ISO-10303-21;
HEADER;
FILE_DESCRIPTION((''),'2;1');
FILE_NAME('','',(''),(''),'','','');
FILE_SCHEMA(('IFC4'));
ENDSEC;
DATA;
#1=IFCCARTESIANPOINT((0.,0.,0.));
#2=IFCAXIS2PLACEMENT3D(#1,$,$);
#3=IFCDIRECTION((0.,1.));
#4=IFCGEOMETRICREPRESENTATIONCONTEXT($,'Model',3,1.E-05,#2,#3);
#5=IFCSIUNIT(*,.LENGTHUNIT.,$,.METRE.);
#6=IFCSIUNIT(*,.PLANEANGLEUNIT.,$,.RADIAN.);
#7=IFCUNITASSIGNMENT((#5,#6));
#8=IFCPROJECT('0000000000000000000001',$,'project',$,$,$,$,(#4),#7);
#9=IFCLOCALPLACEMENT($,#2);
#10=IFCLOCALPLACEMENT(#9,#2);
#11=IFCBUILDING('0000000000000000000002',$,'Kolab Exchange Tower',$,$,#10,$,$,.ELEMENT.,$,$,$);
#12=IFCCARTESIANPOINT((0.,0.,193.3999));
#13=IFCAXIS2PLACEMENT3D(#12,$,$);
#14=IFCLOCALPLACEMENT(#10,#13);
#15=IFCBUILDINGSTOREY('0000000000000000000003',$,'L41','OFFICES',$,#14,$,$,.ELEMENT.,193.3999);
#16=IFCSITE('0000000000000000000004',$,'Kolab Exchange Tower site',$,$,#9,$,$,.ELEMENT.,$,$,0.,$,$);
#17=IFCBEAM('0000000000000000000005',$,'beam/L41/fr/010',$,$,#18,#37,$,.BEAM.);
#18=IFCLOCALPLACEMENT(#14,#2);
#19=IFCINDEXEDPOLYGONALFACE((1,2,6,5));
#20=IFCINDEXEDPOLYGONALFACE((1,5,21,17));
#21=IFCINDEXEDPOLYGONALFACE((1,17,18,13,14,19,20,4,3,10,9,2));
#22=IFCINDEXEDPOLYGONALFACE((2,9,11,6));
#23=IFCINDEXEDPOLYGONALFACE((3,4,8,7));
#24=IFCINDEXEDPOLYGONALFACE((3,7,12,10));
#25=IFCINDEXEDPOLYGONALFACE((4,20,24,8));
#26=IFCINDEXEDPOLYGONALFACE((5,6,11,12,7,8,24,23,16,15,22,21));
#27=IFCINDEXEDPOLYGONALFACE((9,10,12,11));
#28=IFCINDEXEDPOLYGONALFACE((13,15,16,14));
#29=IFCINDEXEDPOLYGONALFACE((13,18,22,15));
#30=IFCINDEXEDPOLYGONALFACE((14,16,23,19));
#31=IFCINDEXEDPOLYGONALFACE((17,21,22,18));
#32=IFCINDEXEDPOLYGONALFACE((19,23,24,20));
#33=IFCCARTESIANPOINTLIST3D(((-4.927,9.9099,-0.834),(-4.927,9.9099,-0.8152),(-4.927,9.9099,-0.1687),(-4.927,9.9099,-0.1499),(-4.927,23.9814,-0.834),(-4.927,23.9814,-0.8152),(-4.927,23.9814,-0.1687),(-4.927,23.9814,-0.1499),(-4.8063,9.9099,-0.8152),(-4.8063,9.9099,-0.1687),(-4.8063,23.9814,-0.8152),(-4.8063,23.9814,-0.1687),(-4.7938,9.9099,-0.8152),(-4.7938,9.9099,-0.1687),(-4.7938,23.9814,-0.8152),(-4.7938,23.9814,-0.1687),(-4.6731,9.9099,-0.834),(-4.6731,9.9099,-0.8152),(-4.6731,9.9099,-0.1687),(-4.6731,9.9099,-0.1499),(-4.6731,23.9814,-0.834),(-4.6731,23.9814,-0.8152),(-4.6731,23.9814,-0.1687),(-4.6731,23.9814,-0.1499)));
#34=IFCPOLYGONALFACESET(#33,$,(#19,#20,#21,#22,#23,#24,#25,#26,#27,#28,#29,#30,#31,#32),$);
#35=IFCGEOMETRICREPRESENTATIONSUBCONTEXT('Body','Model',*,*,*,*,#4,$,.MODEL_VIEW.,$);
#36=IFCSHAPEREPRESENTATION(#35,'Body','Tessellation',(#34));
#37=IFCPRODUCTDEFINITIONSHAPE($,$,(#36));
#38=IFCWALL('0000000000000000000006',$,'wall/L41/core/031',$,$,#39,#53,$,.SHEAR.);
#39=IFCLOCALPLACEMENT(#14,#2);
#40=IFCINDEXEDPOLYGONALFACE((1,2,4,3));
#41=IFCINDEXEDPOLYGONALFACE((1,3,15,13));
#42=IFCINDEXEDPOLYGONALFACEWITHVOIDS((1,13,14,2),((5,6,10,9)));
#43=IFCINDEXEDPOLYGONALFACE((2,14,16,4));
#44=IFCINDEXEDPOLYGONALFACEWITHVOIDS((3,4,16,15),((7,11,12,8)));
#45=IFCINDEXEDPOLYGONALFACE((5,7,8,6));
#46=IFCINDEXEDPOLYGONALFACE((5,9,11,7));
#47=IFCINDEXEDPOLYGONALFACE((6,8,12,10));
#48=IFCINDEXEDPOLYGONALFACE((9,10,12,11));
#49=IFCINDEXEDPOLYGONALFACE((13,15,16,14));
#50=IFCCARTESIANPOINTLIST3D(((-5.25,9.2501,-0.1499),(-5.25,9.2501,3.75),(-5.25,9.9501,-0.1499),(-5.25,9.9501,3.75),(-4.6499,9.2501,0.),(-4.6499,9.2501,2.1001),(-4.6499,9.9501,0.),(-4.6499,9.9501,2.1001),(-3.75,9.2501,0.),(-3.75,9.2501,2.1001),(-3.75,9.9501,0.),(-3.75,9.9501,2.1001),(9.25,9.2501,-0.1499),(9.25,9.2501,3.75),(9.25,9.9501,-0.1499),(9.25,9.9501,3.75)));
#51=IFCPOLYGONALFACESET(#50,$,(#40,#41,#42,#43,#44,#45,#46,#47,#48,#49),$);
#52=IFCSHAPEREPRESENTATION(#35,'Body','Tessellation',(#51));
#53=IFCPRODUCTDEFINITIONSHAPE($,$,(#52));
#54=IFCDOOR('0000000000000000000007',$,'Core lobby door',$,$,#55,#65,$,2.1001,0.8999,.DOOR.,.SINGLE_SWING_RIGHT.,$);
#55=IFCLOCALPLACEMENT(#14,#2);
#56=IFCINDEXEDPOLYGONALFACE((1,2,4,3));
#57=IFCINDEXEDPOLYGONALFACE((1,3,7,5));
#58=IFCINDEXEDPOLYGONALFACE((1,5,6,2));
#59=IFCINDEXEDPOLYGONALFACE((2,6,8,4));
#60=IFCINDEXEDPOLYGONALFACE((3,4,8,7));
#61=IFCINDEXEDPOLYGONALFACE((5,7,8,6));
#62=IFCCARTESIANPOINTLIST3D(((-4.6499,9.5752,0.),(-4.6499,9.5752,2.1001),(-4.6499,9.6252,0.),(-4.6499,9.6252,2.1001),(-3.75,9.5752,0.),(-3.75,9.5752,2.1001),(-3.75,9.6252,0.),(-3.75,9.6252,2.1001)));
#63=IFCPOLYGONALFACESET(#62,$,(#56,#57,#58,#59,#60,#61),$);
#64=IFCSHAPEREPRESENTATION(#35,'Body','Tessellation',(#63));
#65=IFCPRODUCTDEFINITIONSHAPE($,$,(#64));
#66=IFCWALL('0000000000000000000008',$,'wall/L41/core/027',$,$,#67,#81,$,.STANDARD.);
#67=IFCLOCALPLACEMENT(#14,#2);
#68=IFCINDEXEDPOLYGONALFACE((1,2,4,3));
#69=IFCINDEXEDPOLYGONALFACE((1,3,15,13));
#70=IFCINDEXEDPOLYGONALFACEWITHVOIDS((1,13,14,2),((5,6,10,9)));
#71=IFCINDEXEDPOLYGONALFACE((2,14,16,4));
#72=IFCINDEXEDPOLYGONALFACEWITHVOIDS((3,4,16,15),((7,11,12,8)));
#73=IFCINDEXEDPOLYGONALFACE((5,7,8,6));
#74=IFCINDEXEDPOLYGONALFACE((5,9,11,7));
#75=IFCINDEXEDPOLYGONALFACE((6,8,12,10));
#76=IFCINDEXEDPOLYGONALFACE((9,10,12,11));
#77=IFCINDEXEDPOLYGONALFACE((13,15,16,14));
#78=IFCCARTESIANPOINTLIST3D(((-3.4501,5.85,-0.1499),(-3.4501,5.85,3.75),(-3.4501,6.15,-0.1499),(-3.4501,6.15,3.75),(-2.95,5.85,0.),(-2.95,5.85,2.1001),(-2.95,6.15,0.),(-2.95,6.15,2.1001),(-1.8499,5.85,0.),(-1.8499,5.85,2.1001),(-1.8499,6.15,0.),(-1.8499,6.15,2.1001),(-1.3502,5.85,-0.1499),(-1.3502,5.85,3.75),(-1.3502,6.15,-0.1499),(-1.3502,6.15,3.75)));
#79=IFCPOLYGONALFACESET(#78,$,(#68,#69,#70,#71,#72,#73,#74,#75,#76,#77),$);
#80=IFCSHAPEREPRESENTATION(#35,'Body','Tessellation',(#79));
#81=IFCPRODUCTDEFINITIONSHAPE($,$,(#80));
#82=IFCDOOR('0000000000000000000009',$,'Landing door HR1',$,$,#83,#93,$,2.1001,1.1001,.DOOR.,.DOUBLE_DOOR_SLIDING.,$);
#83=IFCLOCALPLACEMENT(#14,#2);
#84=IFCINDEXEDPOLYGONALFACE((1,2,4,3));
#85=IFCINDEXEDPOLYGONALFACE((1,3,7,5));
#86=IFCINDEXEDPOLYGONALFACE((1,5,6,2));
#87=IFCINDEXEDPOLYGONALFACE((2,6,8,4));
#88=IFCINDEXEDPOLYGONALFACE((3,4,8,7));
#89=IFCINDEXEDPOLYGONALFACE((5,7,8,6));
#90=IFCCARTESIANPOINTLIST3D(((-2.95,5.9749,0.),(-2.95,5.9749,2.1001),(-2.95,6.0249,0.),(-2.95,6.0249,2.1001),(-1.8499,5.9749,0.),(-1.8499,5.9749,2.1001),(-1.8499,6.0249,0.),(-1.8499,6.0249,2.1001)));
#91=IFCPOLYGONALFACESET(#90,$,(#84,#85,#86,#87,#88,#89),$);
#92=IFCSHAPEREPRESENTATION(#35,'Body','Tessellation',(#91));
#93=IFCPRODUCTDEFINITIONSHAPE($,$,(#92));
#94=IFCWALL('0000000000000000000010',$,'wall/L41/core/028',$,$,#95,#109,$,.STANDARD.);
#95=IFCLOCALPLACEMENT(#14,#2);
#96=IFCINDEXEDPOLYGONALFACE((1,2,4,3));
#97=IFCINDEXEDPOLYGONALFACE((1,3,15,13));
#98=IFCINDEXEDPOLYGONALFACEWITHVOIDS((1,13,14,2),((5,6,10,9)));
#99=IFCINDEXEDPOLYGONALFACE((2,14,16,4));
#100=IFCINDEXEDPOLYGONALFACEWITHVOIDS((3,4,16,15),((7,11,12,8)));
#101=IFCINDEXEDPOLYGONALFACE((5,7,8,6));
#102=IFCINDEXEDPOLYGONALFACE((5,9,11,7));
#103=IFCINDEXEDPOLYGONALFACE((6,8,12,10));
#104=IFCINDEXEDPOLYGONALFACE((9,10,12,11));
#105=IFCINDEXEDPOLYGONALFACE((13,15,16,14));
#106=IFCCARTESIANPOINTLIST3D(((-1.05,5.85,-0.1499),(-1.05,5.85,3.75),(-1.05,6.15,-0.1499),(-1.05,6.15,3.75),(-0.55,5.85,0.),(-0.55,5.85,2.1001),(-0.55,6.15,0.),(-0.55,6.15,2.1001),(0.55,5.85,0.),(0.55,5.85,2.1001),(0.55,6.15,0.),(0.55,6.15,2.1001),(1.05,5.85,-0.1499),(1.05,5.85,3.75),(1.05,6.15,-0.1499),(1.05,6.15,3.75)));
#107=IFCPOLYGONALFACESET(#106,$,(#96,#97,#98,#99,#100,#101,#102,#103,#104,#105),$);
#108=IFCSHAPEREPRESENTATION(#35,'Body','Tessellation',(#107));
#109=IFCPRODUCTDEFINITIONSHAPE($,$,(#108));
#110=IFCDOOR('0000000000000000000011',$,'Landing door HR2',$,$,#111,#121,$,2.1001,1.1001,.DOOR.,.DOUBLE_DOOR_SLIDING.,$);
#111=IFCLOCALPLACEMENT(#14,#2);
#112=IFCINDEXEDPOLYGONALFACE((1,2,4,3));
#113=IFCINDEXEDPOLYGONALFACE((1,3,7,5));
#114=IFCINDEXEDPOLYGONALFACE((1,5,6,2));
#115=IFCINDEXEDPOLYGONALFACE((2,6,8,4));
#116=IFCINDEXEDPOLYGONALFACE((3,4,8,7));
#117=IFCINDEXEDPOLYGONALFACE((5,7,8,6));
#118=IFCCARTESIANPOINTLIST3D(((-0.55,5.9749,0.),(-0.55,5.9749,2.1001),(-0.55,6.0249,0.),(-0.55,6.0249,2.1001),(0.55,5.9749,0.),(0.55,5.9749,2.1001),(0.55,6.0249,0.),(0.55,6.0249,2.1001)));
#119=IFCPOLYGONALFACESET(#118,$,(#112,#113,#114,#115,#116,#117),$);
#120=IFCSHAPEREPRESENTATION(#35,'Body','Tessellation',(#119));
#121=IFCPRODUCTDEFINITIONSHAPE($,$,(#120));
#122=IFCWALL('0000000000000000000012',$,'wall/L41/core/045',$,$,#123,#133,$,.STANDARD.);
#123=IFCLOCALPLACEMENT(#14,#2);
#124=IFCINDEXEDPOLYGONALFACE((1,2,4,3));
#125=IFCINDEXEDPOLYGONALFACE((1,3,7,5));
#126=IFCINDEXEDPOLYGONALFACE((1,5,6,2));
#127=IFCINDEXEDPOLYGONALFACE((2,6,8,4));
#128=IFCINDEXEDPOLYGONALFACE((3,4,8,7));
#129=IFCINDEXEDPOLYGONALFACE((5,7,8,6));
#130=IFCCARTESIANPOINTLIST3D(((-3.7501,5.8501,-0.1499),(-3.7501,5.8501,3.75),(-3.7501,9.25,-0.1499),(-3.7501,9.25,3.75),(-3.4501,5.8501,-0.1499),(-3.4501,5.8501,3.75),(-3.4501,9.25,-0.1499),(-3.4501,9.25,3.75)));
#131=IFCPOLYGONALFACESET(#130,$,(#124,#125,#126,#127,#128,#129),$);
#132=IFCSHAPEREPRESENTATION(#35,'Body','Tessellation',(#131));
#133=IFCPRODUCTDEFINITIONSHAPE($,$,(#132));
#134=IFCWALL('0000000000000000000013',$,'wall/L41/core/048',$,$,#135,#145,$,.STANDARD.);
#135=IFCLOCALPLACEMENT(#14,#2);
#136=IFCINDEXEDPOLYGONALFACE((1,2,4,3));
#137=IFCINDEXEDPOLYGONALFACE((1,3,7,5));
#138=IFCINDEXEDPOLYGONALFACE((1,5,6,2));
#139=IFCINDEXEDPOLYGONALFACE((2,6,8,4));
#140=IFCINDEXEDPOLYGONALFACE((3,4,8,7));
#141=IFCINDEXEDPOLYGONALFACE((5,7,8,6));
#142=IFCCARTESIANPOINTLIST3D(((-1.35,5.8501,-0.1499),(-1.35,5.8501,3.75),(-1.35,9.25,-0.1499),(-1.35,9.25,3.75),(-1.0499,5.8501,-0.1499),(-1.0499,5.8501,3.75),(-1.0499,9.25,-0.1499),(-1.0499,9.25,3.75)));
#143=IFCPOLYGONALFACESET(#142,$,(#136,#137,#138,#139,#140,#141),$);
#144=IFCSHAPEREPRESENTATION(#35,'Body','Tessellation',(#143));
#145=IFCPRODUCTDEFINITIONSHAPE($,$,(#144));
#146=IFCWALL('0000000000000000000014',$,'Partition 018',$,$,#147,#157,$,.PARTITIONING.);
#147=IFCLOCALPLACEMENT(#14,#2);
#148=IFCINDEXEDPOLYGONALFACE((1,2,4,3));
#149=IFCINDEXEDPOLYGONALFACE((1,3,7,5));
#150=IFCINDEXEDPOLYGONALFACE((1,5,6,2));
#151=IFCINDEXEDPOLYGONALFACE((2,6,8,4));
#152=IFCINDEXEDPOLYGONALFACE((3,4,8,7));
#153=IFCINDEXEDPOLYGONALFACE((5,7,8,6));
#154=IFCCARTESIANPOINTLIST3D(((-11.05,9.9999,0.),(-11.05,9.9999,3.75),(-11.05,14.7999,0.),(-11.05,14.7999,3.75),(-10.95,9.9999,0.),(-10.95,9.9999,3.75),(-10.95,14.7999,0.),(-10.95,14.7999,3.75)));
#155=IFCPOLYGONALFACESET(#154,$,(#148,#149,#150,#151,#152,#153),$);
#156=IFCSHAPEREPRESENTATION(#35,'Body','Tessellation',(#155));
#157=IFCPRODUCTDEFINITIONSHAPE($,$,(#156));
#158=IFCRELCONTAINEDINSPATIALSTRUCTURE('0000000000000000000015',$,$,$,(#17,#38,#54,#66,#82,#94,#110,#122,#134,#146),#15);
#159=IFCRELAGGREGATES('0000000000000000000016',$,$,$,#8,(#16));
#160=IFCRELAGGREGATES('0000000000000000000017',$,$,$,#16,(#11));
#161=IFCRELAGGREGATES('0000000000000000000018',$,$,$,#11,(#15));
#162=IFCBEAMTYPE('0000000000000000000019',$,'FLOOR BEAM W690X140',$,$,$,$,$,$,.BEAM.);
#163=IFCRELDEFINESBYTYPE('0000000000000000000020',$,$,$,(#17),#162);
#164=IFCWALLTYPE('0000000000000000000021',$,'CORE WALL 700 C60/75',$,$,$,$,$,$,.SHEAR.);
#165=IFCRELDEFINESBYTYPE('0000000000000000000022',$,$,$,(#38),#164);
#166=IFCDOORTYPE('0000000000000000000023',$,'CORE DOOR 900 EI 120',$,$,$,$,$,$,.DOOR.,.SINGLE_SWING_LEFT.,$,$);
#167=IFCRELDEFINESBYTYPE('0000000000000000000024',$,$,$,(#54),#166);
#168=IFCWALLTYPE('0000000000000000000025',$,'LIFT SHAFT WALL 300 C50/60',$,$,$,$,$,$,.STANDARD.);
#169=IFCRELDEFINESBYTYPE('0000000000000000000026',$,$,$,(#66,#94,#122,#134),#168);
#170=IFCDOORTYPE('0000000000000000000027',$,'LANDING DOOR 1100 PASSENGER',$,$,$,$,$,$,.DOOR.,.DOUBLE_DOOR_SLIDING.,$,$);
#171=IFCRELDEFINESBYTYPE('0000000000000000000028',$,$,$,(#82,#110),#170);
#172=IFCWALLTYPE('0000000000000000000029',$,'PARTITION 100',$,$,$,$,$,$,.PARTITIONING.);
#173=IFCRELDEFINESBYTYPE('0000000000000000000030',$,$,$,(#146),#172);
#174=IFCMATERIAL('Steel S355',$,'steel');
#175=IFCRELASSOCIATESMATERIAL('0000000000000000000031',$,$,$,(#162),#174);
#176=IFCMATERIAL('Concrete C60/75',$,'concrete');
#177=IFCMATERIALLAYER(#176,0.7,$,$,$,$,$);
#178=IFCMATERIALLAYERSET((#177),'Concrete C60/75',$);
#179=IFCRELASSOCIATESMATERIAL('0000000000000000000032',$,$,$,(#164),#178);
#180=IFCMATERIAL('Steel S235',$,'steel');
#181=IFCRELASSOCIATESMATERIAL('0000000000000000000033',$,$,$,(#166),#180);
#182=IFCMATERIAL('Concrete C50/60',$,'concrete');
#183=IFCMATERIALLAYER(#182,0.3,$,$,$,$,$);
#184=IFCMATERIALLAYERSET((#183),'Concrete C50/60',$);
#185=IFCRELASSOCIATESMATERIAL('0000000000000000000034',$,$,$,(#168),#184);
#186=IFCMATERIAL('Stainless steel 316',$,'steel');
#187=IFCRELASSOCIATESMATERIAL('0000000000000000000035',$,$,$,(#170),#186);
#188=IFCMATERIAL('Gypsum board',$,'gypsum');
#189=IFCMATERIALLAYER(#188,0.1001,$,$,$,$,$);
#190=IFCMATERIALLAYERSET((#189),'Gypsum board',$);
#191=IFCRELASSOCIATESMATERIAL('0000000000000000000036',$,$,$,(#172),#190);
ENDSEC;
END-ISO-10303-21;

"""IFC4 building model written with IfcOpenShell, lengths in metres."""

from ifc_helpers import new_model, si_unit, direction, frame, frame_2d, origin, origin_2d, place, context, subcontext, project, spatial, rectangle, i_section, extrude, material, layer, layer_set, material_profile, profile_set, type_object, element, fill, save


model = new_model("IFC4")

# Units and contexts
model_context = context("Model", 3, precision=1e-05, world=origin(), true_north=direction((0.0, 1.0)))
body_context = subcontext(model_context, "Body", "Model", "MODEL_VIEW")
ifc_project = project(units=[si_unit("LENGTHUNIT", "METRE"), si_unit("PLANEANGLEUNIT", "RADIAN")], contexts=[model_context])

# Site, building, storey
site_placement = place(None, origin())
site = spatial("IfcSite", under=ifc_project, at=site_placement, Name="Kolab Exchange Tower site", CompositionType="ELEMENT", RefElevation=0.0)
building_placement = place(site_placement, origin())
building = spatial("IfcBuilding", under=site, at=building_placement, Name="Kolab Exchange Tower", CompositionType="ELEMENT")
storey_placement = place(building_placement, frame((0.0, 0.0, 193.3999)))
storey = spatial("IfcBuildingStorey", under=building, at=storey_placement, Name="L41", Description="OFFICES", CompositionType="ELEMENT", Elevation=193.3999)

# Beam
ifc_material_1 = material(Name="Steel S355", Category="steel")
ifc_material_profile = material_profile(ifc_material_1, i_section(OverallWidth=0.2539, OverallDepth=0.6841, WebThickness=0.0125, FlangeThickness=0.0188, at=origin_2d()), Name="W690X140")
ifc_profile_set = profile_set([ifc_material_profile], Name="Steel S355")
beam_type = type_object("IfcBeamType", Name="FLOOR BEAM W690X140", PredefinedType="BEAM", material=ifc_profile_set)
beam_placement = place(storey_placement, frame((-4.8, 9.9099, -0.4919), z_axis=(0.0, 1.0, 0.0), x_axis=(-1.0, 0.0, 0.0)))
element("IfcBeam", 1, at=beam_placement, inside=storey, type_object=beam_type, Name="beam/L41/fr/010", PredefinedType="BEAM", context=body_context, shape_type="SweptSolid", body=[
    extrude(i_section(OverallWidth=0.2539, OverallDepth=0.6841, WebThickness=0.0125, FlangeThickness=0.0188, at=origin_2d()), origin(), (0.0, 0.0, 1.0), 14.0715),
])

# Walls, openings, doors
ifc_material_2 = material(Name="Concrete C60/75", Category="concrete")
ifc_layer_1 = layer(ifc_material_2, 0.7)
ifc_layer_set_1 = layer_set([ifc_layer_1], Name="Concrete C60/75")
wall_type_1 = type_object("IfcWallType", Name="CORE WALL 700 C60/75", PredefinedType="SHEAR", material=ifc_layer_set_1)
wall_1_placement = place(storey_placement, frame((-5.25, 9.6001, -0.1499), z_axis=(0.0, 0.0, 1.0), x_axis=(1.0, 0.0, 0.0)))
wall_1 = element("IfcWall", 2, at=wall_1_placement, inside=storey, type_object=wall_type_1, Name="wall/L41/core/031", PredefinedType="SHEAR", context=body_context, shape_type="SweptSolid", body=[
    extrude(rectangle(XDim=14.5, YDim=0.7, at=frame_2d((7.25, 0.0))), origin(), (0.0, 0.0, 1.0), 3.8999),
])
opening_1_placement = place(wall_1_placement, frame((0.6001, 0.0, 0.1499)))
opening_1 = element("IfcOpeningElement", 3, at=opening_1_placement, cuts=wall_1, PredefinedType="OPENING", context=body_context, shape_type="SweptSolid", body=[
    extrude(rectangle(XDim=0.8999, YDim=2.1001, at=frame_2d((0.45, 1.05))), frame((0.0, 0.3599, 0.0), z_axis=(0.0, -1.0, 0.0), x_axis=(1.0, 0.0, 0.0)), (0.0, 0.0, 1.0), 0.72),
])
ifc_material_3 = material(Name="Steel S235", Category="steel")
door_type_1 = type_object("IfcDoorType", Name="CORE DOOR 900 EI 120", OperationType="SINGLE_SWING_LEFT", PredefinedType="DOOR", material=ifc_material_3)
door_1_placement = place(opening_1_placement, frame((0.8999, 0.0, 0.0), z_axis=(0.0, 0.0, 1.0), x_axis=(-1.0, 0.0, 0.0)))
door_1 = element("IfcDoor", 4, at=door_1_placement, inside=storey, type_object=door_type_1, Name="Core lobby door", OperationType="SINGLE_SWING_RIGHT", OverallHeight=2.1001, OverallWidth=0.8999, PredefinedType="DOOR", context=body_context, shape_type="SweptSolid", body=[
    extrude(rectangle(XDim=0.8999, YDim=2.1001, at=frame_2d((0.45, 1.05))), frame((0.0, 0.0249, 0.0), z_axis=(0.0, -1.0, 0.0), x_axis=(1.0, 0.0, 0.0)), (0.0, 0.0, 1.0), 0.05),
])
fill(opening_1, door_1)
ifc_material_4 = material(Name="Concrete C50/60", Category="concrete")
ifc_layer_2 = layer(ifc_material_4, 0.3)
ifc_layer_set_2 = layer_set([ifc_layer_2], Name="Concrete C50/60")
wall_type_2 = type_object("IfcWallType", Name="LIFT SHAFT WALL 300 C50/60", PredefinedType="STANDARD", material=ifc_layer_set_2)
wall_2_placement = place(storey_placement, frame((-3.45, 6.0, -0.1499), z_axis=(0.0, 0.0, 1.0), x_axis=(1.0, 0.0, 0.0)))
wall_2 = element("IfcWall", 5, at=wall_2_placement, inside=storey, type_object=wall_type_2, Name="wall/L41/core/027", PredefinedType="STANDARD", context=body_context, shape_type="SweptSolid", body=[
    extrude(rectangle(XDim=2.0999, YDim=0.3, at=frame_2d((1.0498, 0.0))), origin(), (0.0, 0.0, 1.0), 3.8999),
])
opening_2_placement = place(wall_2_placement, frame((0.5, 0.0, 0.1499)))
opening_2 = element("IfcOpeningElement", 6, at=opening_2_placement, cuts=wall_2, PredefinedType="OPENING", context=body_context, shape_type="SweptSolid", body=[
    extrude(rectangle(XDim=1.1001, YDim=2.1001, at=frame_2d((0.55, 1.05))), frame((0.0, 0.1602, 0.0), z_axis=(0.0, -1.0, 0.0), x_axis=(1.0, 0.0, 0.0)), (0.0, 0.0, 1.0), 0.3201),
])
ifc_material_5 = material(Name="Stainless steel 316", Category="steel")
door_type_2 = type_object("IfcDoorType", Name="LANDING DOOR 1100 PASSENGER", OperationType="DOUBLE_DOOR_SLIDING", PredefinedType="DOOR", material=ifc_material_5)
door_2_placement = place(opening_2_placement, origin())
door_2 = element("IfcDoor", 7, at=door_2_placement, inside=storey, type_object=door_type_2, Name="Landing door HR1", OperationType="DOUBLE_DOOR_SLIDING", OverallHeight=2.1001, OverallWidth=1.1001, PredefinedType="DOOR", context=body_context, shape_type="SweptSolid", body=[
    extrude(rectangle(XDim=1.1001, YDim=2.1001, at=frame_2d((0.55, 1.05))), frame((0.0, 0.0249, 0.0), z_axis=(0.0, -1.0, 0.0), x_axis=(1.0, 0.0, 0.0)), (0.0, 0.0, 1.0), 0.05),
])
fill(opening_2, door_2)
wall_3_placement = place(storey_placement, frame((-1.05, 6.0, -0.1499), z_axis=(0.0, 0.0, 1.0), x_axis=(1.0, 0.0, 0.0)))
wall_3 = element("IfcWall", 8, at=wall_3_placement, inside=storey, type_object=wall_type_2, Name="wall/L41/core/028", PredefinedType="STANDARD", context=body_context, shape_type="SweptSolid", body=[
    extrude(rectangle(XDim=2.1001, YDim=0.3, at=frame_2d((1.05, 0.0))), origin(), (0.0, 0.0, 1.0), 3.8999),
])
opening_3_placement = place(wall_3_placement, frame((0.5, 0.0, 0.1499)))
opening_3 = element("IfcOpeningElement", 9, at=opening_3_placement, cuts=wall_3, PredefinedType="OPENING", context=body_context, shape_type="SweptSolid", body=[
    extrude(rectangle(XDim=1.1001, YDim=2.1001, at=frame_2d((0.55, 1.05))), frame((0.0, 0.1602, 0.0), z_axis=(0.0, -1.0, 0.0), x_axis=(1.0, 0.0, 0.0)), (0.0, 0.0, 1.0), 0.3201),
])
door_3_placement = place(opening_3_placement, origin())
door_3 = element("IfcDoor", 10, at=door_3_placement, inside=storey, type_object=door_type_2, Name="Landing door HR2", OperationType="DOUBLE_DOOR_SLIDING", OverallHeight=2.1001, OverallWidth=1.1001, PredefinedType="DOOR", context=body_context, shape_type="SweptSolid", body=[
    extrude(rectangle(XDim=1.1001, YDim=2.1001, at=frame_2d((0.55, 1.05))), frame((0.0, 0.0249, 0.0), z_axis=(0.0, -1.0, 0.0), x_axis=(1.0, 0.0, 0.0)), (0.0, 0.0, 1.0), 0.05),
])
fill(opening_3, door_3)

# Walls
for number, where, z_axis, x_axis, name in (
    (11, (-3.6001, 5.8501, -0.1499), (0.0, 0.0, 1.0), (0.0, 1.0, 0.0), "wall/L41/core/045"),
    (12, (-1.2, 5.8501, -0.1499), (0.0, 0.0, 1.0), (0.0, 1.0, 0.0), "wall/L41/core/048"),
):
    element("IfcWall", number, at=place(storey_placement, frame(where, z_axis=z_axis, x_axis=x_axis)), inside=storey, type_object=wall_type_2, Name=name, PredefinedType="STANDARD", context=body_context, shape_type="SweptSolid", body=[
        extrude(rectangle(XDim=3.3999, YDim=0.3, at=frame_2d((1.7, 0.0))), origin(), (0.0, 0.0, 1.0), 3.8999),
    ])
ifc_material_6 = material(Name="Gypsum board", Category="gypsum")
ifc_layer_3 = layer(ifc_material_6, 0.1001)
ifc_layer_set_3 = layer_set([ifc_layer_3], Name="Gypsum board")
wall_type_3 = type_object("IfcWallType", Name="PARTITION 100", PredefinedType="PARTITIONING", material=ifc_layer_set_3)
wall_4_placement = place(storey_placement, frame((-11.0, 10.0, 0.0), z_axis=(0.0, 0.0, 1.0), x_axis=(0.0, 1.0, 0.0)))
element("IfcWall", 13, at=wall_4_placement, inside=storey, type_object=wall_type_3, Name="Partition 018", PredefinedType="PARTITIONING", context=body_context, shape_type="SweptSolid", body=[
    extrude(rectangle(XDim=4.8, YDim=0.1001, at=frame_2d((2.3999, 0.0))), origin(), (0.0, 0.0, 1.0), 3.75),
])

save(model, "model.ifc")
